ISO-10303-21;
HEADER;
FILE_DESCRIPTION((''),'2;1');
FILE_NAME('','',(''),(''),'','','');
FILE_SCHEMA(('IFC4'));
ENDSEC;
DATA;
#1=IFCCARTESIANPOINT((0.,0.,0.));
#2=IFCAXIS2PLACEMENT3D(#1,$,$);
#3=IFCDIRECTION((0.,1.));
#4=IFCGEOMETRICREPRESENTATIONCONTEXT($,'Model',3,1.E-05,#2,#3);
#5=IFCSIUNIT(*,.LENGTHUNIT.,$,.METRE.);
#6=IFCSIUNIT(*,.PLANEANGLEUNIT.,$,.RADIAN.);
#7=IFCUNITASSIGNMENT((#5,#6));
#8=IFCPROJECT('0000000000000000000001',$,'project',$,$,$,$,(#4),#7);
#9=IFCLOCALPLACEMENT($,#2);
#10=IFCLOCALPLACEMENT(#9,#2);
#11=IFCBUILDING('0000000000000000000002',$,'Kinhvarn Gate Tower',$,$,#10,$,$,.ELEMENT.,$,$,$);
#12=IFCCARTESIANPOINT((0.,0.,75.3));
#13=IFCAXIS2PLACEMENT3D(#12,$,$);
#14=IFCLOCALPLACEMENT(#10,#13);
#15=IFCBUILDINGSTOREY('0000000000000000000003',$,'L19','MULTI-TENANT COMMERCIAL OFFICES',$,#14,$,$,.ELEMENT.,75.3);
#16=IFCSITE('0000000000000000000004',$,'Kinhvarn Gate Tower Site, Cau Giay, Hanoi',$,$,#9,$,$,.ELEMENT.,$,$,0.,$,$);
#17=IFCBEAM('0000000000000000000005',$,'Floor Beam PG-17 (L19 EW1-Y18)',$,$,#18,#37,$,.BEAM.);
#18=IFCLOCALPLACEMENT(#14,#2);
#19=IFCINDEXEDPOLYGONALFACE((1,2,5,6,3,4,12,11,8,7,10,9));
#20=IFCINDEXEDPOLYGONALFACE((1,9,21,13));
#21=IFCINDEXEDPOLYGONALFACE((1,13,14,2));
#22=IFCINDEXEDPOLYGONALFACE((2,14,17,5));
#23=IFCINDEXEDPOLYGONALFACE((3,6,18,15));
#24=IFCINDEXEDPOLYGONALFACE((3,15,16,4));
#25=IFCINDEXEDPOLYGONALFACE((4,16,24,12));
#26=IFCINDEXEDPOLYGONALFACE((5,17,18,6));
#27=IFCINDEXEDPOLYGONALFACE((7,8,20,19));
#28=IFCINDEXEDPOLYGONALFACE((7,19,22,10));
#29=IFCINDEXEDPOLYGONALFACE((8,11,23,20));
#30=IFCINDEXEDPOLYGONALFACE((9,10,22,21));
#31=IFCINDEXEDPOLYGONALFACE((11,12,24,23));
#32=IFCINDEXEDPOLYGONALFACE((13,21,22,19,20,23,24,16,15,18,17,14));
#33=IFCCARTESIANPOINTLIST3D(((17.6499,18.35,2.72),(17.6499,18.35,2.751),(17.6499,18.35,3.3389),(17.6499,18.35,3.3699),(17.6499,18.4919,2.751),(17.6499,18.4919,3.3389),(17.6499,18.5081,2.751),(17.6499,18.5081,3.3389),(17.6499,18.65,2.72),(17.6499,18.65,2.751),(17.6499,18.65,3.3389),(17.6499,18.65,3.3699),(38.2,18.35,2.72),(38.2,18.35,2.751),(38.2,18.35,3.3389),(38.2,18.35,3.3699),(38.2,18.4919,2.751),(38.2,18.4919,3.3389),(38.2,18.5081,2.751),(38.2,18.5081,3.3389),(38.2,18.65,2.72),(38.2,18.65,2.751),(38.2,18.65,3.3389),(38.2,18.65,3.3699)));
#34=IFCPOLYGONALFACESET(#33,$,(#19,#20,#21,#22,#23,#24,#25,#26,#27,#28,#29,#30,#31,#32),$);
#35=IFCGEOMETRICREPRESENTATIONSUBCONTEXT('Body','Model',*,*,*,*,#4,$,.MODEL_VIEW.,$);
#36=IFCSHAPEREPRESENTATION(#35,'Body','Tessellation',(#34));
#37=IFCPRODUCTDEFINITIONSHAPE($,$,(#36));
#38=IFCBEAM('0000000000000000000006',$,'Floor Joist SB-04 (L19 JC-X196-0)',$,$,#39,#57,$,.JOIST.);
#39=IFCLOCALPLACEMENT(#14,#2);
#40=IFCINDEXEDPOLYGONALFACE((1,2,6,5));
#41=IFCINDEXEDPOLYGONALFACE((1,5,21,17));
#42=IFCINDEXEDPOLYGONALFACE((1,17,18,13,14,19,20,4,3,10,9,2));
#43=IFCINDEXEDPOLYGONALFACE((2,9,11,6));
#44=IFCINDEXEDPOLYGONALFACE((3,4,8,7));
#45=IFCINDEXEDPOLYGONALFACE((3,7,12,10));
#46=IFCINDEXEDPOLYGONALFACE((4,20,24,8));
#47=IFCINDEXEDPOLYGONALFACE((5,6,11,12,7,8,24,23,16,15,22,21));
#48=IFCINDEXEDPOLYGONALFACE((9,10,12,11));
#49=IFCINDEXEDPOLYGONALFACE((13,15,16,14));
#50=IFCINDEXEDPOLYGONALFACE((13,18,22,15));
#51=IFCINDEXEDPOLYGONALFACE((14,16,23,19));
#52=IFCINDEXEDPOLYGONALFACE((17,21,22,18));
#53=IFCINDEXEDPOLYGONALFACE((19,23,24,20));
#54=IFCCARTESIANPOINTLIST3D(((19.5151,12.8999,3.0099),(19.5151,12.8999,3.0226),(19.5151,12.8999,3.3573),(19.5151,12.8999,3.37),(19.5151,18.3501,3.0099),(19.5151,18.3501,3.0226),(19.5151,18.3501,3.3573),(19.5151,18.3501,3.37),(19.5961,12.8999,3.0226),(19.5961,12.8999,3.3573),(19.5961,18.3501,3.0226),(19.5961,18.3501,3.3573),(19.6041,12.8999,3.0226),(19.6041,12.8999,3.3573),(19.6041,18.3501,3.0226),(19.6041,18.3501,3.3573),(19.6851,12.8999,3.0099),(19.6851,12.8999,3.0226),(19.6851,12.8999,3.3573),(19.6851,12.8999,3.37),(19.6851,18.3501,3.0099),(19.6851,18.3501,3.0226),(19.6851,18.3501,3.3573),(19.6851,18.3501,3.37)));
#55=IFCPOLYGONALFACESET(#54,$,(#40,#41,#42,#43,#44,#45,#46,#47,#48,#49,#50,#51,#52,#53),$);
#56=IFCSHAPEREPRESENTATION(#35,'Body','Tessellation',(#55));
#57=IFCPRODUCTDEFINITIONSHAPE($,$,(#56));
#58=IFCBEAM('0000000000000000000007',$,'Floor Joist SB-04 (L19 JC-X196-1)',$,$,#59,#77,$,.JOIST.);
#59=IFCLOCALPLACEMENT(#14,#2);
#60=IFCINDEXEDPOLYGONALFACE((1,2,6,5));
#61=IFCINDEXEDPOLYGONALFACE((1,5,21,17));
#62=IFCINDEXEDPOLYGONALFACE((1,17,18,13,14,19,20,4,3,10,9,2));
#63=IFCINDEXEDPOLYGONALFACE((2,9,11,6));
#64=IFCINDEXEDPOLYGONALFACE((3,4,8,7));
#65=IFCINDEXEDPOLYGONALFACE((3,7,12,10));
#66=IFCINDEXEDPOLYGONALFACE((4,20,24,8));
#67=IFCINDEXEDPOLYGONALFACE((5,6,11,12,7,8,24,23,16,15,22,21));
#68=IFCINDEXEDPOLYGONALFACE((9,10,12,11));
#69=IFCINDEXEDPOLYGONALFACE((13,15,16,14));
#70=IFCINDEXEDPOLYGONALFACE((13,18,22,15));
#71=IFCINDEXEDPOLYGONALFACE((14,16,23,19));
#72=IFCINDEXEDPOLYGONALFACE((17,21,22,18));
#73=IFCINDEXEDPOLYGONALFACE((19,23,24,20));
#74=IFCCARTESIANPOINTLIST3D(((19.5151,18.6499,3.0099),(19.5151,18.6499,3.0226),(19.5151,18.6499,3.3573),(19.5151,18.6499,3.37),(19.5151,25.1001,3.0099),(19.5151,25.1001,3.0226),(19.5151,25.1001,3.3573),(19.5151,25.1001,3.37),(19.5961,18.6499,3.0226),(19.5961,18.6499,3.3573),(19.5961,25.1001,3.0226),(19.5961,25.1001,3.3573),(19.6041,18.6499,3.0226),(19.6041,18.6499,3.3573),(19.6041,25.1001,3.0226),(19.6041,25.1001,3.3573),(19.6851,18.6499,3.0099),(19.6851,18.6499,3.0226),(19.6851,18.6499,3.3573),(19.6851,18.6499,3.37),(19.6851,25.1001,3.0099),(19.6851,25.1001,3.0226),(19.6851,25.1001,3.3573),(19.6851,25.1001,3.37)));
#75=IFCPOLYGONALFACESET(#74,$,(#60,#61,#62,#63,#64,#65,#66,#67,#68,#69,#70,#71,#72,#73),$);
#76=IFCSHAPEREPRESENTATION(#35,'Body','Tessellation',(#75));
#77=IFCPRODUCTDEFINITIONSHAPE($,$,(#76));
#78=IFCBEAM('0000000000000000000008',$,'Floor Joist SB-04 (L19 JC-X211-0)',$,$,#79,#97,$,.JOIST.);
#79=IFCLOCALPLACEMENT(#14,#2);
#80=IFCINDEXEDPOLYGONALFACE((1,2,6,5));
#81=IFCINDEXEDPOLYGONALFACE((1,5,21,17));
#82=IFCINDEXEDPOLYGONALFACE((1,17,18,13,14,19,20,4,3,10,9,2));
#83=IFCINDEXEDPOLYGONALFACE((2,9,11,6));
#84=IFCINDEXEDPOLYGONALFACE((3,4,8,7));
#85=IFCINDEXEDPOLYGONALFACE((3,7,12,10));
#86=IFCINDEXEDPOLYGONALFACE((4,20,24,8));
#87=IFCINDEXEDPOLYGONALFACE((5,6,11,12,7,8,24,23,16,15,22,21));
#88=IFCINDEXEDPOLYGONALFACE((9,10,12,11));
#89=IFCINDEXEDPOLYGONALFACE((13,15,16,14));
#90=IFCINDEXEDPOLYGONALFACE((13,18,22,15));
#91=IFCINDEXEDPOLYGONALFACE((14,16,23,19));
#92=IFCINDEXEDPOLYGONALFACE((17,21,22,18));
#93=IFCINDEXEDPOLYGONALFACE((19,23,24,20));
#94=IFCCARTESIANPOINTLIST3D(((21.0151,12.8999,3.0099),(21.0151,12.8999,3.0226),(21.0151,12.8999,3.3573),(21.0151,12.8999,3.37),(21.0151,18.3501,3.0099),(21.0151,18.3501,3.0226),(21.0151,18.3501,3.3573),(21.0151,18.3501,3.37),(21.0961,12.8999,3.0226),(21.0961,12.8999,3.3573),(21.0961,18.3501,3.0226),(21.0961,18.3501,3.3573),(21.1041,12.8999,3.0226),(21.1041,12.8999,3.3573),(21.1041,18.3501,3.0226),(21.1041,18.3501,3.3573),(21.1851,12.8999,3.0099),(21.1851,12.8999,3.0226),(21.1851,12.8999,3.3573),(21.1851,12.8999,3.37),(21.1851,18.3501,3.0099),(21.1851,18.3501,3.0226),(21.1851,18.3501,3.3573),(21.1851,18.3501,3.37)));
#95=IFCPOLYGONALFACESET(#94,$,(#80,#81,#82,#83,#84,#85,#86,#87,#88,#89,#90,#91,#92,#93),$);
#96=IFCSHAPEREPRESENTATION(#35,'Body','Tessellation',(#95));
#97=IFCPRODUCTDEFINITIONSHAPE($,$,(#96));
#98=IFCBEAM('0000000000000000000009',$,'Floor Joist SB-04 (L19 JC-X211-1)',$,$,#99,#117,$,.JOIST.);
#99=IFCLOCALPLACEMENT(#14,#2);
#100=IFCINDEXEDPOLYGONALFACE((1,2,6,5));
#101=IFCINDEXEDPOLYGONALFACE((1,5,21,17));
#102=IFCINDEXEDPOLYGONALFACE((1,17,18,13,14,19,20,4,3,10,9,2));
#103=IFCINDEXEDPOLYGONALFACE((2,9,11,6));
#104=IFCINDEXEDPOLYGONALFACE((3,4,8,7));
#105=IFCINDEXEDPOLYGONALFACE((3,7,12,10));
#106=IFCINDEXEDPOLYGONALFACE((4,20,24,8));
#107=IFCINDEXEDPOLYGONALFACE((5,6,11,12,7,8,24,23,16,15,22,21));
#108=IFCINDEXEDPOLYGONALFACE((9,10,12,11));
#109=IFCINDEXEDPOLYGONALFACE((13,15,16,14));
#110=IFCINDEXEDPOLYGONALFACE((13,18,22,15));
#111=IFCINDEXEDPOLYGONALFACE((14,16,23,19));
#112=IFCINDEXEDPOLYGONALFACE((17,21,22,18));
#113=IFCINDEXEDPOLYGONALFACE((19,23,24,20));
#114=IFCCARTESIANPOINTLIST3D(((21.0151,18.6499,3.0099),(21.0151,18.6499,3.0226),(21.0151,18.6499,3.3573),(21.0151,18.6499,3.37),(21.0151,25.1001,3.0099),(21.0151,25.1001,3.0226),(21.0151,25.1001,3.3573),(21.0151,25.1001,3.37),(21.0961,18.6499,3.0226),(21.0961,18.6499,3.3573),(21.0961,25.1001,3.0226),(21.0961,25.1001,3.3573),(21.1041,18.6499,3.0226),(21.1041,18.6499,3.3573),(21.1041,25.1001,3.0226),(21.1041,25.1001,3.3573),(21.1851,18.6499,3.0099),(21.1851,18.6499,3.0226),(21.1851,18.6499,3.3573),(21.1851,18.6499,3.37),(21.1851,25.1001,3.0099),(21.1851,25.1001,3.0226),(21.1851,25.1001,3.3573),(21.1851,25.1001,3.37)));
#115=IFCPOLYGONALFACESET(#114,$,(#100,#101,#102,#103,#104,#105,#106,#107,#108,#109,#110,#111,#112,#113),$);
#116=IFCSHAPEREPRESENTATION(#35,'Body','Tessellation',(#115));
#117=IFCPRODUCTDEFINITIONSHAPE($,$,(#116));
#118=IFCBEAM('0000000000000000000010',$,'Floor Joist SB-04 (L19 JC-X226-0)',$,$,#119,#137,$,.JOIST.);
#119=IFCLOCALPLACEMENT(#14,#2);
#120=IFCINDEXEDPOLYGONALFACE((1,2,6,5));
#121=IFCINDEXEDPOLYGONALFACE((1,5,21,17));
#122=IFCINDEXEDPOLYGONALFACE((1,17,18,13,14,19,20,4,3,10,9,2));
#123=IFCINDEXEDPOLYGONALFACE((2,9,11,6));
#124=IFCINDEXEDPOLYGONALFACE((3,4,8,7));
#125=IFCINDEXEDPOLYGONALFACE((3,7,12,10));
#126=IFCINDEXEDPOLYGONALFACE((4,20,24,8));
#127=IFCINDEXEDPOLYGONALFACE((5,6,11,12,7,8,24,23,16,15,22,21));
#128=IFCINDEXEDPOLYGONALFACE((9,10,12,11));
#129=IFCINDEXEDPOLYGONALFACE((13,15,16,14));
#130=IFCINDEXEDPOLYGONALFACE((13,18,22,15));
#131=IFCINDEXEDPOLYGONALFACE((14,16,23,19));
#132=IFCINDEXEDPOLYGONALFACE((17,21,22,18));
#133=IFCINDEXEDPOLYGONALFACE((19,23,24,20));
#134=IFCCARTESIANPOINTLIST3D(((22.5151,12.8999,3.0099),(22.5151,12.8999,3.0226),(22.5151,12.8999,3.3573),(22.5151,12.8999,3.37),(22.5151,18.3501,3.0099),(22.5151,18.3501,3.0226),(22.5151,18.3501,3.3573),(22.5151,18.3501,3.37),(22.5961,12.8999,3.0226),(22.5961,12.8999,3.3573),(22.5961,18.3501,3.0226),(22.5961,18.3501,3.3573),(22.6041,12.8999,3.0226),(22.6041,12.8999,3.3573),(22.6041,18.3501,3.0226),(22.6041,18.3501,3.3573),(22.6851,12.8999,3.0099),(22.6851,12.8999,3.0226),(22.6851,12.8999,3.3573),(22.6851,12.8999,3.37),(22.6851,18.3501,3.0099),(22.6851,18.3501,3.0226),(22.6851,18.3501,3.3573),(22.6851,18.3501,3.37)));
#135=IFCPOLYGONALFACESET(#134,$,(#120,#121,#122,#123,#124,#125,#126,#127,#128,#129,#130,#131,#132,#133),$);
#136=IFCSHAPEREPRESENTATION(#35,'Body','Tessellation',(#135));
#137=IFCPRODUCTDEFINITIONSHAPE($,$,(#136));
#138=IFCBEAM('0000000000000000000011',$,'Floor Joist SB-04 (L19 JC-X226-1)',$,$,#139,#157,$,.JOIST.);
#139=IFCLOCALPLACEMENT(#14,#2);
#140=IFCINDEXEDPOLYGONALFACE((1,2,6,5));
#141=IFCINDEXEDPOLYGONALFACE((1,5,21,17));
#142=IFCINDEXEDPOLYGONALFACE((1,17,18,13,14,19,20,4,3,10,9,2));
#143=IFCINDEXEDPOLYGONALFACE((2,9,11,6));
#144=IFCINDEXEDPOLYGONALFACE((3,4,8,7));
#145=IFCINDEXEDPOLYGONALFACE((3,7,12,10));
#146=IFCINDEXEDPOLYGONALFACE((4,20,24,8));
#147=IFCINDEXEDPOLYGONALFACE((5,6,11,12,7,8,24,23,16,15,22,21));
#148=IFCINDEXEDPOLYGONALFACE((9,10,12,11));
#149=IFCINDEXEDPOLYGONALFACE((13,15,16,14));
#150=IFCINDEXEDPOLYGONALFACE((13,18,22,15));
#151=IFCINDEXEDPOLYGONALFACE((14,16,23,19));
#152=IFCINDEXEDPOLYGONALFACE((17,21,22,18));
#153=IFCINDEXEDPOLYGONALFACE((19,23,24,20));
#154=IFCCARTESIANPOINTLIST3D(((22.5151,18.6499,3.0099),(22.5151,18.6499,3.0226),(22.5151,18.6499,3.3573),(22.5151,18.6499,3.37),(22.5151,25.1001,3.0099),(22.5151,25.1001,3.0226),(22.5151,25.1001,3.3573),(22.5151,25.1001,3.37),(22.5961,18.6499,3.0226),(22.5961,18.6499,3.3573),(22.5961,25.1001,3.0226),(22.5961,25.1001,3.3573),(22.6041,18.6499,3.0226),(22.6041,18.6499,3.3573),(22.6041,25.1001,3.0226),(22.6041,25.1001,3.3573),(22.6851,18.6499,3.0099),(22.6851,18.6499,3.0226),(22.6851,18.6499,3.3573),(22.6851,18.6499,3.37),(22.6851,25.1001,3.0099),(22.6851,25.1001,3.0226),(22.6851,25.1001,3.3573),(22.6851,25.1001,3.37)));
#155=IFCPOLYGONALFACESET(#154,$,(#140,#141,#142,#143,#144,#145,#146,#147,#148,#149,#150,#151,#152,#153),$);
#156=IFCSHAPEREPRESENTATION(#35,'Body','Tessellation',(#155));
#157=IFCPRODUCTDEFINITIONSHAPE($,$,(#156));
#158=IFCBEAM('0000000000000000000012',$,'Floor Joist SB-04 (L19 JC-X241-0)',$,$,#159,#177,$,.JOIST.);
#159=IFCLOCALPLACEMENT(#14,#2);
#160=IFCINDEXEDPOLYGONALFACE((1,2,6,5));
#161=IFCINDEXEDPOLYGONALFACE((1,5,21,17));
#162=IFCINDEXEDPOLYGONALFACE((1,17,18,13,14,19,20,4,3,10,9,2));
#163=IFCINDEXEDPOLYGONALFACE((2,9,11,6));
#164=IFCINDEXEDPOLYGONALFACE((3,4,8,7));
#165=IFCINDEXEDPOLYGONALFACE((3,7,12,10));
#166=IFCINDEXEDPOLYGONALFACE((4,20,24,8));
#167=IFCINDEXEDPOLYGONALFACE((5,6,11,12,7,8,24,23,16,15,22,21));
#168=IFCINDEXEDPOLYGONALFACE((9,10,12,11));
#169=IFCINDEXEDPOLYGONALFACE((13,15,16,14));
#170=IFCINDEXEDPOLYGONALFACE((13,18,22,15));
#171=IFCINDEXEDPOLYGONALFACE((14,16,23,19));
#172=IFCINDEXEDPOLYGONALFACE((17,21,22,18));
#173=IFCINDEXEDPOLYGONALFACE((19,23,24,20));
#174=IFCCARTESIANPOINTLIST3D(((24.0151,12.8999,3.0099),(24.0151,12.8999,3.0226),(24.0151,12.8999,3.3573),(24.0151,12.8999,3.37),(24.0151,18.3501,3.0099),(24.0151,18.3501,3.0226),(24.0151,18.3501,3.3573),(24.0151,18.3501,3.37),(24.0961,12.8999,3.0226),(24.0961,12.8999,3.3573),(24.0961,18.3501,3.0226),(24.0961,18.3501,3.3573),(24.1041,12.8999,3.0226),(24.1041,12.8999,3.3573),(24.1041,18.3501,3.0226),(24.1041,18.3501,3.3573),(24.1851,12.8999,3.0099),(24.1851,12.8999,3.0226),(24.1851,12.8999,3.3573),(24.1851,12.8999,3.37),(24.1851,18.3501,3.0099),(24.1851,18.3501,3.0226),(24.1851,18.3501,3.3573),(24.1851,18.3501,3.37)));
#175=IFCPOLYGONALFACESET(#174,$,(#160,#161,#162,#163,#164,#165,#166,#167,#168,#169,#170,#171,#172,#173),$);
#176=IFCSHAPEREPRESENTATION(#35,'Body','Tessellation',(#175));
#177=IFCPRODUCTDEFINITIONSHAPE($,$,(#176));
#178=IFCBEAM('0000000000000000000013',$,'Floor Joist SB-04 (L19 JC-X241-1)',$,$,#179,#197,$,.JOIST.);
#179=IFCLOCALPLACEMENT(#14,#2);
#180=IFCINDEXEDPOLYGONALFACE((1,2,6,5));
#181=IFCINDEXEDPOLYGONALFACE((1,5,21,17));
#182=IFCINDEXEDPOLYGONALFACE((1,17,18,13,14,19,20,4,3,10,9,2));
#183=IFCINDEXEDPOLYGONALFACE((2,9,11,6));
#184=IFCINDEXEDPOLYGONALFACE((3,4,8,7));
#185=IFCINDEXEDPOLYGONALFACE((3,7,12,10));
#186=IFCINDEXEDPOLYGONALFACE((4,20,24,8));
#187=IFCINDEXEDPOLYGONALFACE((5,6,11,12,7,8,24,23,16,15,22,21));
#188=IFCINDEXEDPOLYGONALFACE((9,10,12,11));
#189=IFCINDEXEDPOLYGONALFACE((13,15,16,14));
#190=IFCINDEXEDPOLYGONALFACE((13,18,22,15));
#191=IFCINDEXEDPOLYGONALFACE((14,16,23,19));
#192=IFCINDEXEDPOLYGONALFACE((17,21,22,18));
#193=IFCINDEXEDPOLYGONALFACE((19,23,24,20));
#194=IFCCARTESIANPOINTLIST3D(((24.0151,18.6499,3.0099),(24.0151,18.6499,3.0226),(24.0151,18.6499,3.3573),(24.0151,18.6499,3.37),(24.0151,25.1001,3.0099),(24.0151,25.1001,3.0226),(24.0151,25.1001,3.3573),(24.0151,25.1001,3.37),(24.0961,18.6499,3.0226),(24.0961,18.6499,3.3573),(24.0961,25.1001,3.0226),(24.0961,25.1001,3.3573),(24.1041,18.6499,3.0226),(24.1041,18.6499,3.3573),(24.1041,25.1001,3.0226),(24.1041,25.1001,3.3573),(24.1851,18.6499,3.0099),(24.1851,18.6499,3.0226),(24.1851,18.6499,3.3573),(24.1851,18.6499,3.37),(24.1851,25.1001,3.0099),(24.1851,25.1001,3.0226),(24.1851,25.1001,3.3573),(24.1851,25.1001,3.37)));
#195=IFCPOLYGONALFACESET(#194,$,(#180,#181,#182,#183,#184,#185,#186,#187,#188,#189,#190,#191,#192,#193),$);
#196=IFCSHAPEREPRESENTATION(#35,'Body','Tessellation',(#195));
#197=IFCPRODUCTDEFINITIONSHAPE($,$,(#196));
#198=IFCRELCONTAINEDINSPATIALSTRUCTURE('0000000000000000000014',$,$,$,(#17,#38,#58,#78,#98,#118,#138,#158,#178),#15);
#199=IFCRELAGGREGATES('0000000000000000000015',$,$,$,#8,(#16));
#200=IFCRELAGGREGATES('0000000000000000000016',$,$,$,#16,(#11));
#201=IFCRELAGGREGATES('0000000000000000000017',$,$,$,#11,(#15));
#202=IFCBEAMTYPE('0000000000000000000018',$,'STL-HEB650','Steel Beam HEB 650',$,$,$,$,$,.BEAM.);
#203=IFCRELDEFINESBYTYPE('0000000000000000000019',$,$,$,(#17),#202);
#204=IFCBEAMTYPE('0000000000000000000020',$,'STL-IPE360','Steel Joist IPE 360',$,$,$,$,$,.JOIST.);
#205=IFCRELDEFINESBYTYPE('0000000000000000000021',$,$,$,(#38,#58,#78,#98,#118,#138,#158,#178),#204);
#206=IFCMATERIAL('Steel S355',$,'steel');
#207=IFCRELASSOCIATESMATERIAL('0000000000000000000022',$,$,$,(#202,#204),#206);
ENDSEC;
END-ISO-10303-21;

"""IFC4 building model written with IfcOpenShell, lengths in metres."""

from ifc_helpers import new_model, si_unit, direction, frame, origin, origin_2d, place, context, subcontext, project, spatial, i_section, extrude, material, material_profile, profile_set, type_object, element, save


model = new_model("IFC4")

# Units and contexts
model_context = context("Model", 3, precision=1e-05, world=origin(), true_north=direction((0.0, 1.0)))
body_context = subcontext(model_context, "Body", "Model", "MODEL_VIEW")
ifc_project = project(units=[si_unit("LENGTHUNIT", "METRE"), si_unit("PLANEANGLEUNIT", "RADIAN")], contexts=[model_context])

# Site, building, storey
site_placement = place(None, origin())
site = spatial("IfcSite", under=ifc_project, at=site_placement, Name="Kinhvarn Gate Tower Site, Cau Giay, Hanoi", CompositionType="ELEMENT", RefElevation=0.0)
building_placement = place(site_placement, origin())
building = spatial("IfcBuilding", under=site, at=building_placement, Name="Kinhvarn Gate Tower", CompositionType="ELEMENT")
storey_placement = place(building_placement, frame((0.0, 0.0, 75.3)))
storey = spatial("IfcBuildingStorey", under=building, at=storey_placement, Name="L19", Description="MULTI-TENANT COMMERCIAL OFFICES", CompositionType="ELEMENT", Elevation=75.3)

# Beams
ifc_material_1 = material(Name="Steel S355", Category="steel")
ifc_material_profile_1 = material_profile(ifc_material_1, i_section(OverallWidth=0.3, OverallDepth=0.6499, WebThickness=0.0161, FlangeThickness=0.031, at=origin_2d()), Name="HEB 650")
ifc_profile_set_1 = profile_set([ifc_material_profile_1], Name="Steel S355")
beam_type_1 = type_object("IfcBeamType", Name="STL-HEB650", Description="Steel Beam HEB 650", PredefinedType="BEAM", material=ifc_profile_set_1)
beam_1_placement = place(storey_placement, frame((17.6499, 18.5, 3.0449), z_axis=(1.0, 0.0, 0.0), x_axis=(0.0, 1.0, 0.0)))
element("IfcBeam", 1, at=beam_1_placement, inside=storey, type_object=beam_type_1, Name="Floor Beam PG-17 (L19 EW1-Y18)", PredefinedType="BEAM", context=body_context, shape_type="SweptSolid", body=[
    extrude(i_section(OverallWidth=0.3, OverallDepth=0.6499, WebThickness=0.0161, FlangeThickness=0.031, at=origin_2d()), origin(), (0.0, 0.0, 1.0), 20.55),
])
ifc_material_profile_2 = material_profile(ifc_material_1, i_section(OverallWidth=0.1699, OverallDepth=0.3601, WebThickness=0.0081, FlangeThickness=0.0127, at=origin_2d()), Name="IPE 360")
ifc_profile_set_2 = profile_set([ifc_material_profile_2], Name="Steel S355")
beam_type_2 = type_object("IfcBeamType", Name="STL-IPE360", Description="Steel Joist IPE 360", PredefinedType="JOIST", material=ifc_profile_set_2)
beam_2_placement = place(storey_placement, frame((19.6001, 12.8999, 3.1899), z_axis=(0.0, 1.0, 0.0), x_axis=(-1.0, 0.0, 0.0)))
element("IfcBeam", 2, at=beam_2_placement, inside=storey, type_object=beam_type_2, Name="Floor Joist SB-04 (L19 JC-X196-0)", PredefinedType="JOIST", context=body_context, shape_type="SweptSolid", body=[
    extrude(i_section(OverallWidth=0.1699, OverallDepth=0.3601, WebThickness=0.0081, FlangeThickness=0.0127, at=origin_2d()), origin(), (0.0, 0.0, 1.0), 5.4502),
])
beam_3_placement = place(storey_placement, frame((19.6001, 18.6499, 3.1899), z_axis=(0.0, 1.0, 0.0), x_axis=(-1.0, 0.0, 0.0)))
element("IfcBeam", 3, at=beam_3_placement, inside=storey, type_object=beam_type_2, Name="Floor Joist SB-04 (L19 JC-X196-1)", PredefinedType="JOIST", context=body_context, shape_type="SweptSolid", body=[
    extrude(i_section(OverallWidth=0.1699, OverallDepth=0.3601, WebThickness=0.0081, FlangeThickness=0.0127, at=origin_2d()), origin(), (0.0, 0.0, 1.0), 6.4502),
])
beam_4_placement = place(storey_placement, frame((21.1001, 12.8999, 3.1899), z_axis=(0.0, 1.0, 0.0), x_axis=(-1.0, 0.0, 0.0)))
element("IfcBeam", 4, at=beam_4_placement, inside=storey, type_object=beam_type_2, Name="Floor Joist SB-04 (L19 JC-X211-0)", PredefinedType="JOIST", context=body_context, shape_type="SweptSolid", body=[
    extrude(i_section(OverallWidth=0.1699, OverallDepth=0.3601, WebThickness=0.0081, FlangeThickness=0.0127, at=origin_2d()), origin(), (0.0, 0.0, 1.0), 5.4502),
])
beam_5_placement = place(storey_placement, frame((21.1001, 18.6499, 3.1899), z_axis=(0.0, 1.0, 0.0), x_axis=(-1.0, 0.0, 0.0)))
element("IfcBeam", 5, at=beam_5_placement, inside=storey, type_object=beam_type_2, Name="Floor Joist SB-04 (L19 JC-X211-1)", PredefinedType="JOIST", context=body_context, shape_type="SweptSolid", body=[
    extrude(i_section(OverallWidth=0.1699, OverallDepth=0.3601, WebThickness=0.0081, FlangeThickness=0.0127, at=origin_2d()), origin(), (0.0, 0.0, 1.0), 6.4502),
])
beam_6_placement = place(storey_placement, frame((22.6001, 12.8999, 3.1899), z_axis=(0.0, 1.0, 0.0), x_axis=(-1.0, 0.0, 0.0)))
element("IfcBeam", 6, at=beam_6_placement, inside=storey, type_object=beam_type_2, Name="Floor Joist SB-04 (L19 JC-X226-0)", PredefinedType="JOIST", context=body_context, shape_type="SweptSolid", body=[
    extrude(i_section(OverallWidth=0.1699, OverallDepth=0.3601, WebThickness=0.0081, FlangeThickness=0.0127, at=origin_2d()), origin(), (0.0, 0.0, 1.0), 5.4502),
])
beam_7_placement = place(storey_placement, frame((22.6001, 18.6499, 3.1899), z_axis=(0.0, 1.0, 0.0), x_axis=(-1.0, 0.0, 0.0)))
element("IfcBeam", 7, at=beam_7_placement, inside=storey, type_object=beam_type_2, Name="Floor Joist SB-04 (L19 JC-X226-1)", PredefinedType="JOIST", context=body_context, shape_type="SweptSolid", body=[
    extrude(i_section(OverallWidth=0.1699, OverallDepth=0.3601, WebThickness=0.0081, FlangeThickness=0.0127, at=origin_2d()), origin(), (0.0, 0.0, 1.0), 6.4502),
])
beam_8_placement = place(storey_placement, frame((24.1001, 12.8999, 3.1899), z_axis=(0.0, 1.0, 0.0), x_axis=(-1.0, 0.0, 0.0)))
element("IfcBeam", 8, at=beam_8_placement, inside=storey, type_object=beam_type_2, Name="Floor Joist SB-04 (L19 JC-X241-0)", PredefinedType="JOIST", context=body_context, shape_type="SweptSolid", body=[
    extrude(i_section(OverallWidth=0.1699, OverallDepth=0.3601, WebThickness=0.0081, FlangeThickness=0.0127, at=origin_2d()), origin(), (0.0, 0.0, 1.0), 5.4502),
])
beam_9_placement = place(storey_placement, frame((24.1001, 18.6499, 3.1899), z_axis=(0.0, 1.0, 0.0), x_axis=(-1.0, 0.0, 0.0)))
element("IfcBeam", 9, at=beam_9_placement, inside=storey, type_object=beam_type_2, Name="Floor Joist SB-04 (L19 JC-X241-1)", PredefinedType="JOIST", context=body_context, shape_type="SweptSolid", body=[
    extrude(i_section(OverallWidth=0.1699, OverallDepth=0.3601, WebThickness=0.0081, FlangeThickness=0.0127, at=origin_2d()), origin(), (0.0, 0.0, 1.0), 6.4502),
])

save(model, "model.ifc")
